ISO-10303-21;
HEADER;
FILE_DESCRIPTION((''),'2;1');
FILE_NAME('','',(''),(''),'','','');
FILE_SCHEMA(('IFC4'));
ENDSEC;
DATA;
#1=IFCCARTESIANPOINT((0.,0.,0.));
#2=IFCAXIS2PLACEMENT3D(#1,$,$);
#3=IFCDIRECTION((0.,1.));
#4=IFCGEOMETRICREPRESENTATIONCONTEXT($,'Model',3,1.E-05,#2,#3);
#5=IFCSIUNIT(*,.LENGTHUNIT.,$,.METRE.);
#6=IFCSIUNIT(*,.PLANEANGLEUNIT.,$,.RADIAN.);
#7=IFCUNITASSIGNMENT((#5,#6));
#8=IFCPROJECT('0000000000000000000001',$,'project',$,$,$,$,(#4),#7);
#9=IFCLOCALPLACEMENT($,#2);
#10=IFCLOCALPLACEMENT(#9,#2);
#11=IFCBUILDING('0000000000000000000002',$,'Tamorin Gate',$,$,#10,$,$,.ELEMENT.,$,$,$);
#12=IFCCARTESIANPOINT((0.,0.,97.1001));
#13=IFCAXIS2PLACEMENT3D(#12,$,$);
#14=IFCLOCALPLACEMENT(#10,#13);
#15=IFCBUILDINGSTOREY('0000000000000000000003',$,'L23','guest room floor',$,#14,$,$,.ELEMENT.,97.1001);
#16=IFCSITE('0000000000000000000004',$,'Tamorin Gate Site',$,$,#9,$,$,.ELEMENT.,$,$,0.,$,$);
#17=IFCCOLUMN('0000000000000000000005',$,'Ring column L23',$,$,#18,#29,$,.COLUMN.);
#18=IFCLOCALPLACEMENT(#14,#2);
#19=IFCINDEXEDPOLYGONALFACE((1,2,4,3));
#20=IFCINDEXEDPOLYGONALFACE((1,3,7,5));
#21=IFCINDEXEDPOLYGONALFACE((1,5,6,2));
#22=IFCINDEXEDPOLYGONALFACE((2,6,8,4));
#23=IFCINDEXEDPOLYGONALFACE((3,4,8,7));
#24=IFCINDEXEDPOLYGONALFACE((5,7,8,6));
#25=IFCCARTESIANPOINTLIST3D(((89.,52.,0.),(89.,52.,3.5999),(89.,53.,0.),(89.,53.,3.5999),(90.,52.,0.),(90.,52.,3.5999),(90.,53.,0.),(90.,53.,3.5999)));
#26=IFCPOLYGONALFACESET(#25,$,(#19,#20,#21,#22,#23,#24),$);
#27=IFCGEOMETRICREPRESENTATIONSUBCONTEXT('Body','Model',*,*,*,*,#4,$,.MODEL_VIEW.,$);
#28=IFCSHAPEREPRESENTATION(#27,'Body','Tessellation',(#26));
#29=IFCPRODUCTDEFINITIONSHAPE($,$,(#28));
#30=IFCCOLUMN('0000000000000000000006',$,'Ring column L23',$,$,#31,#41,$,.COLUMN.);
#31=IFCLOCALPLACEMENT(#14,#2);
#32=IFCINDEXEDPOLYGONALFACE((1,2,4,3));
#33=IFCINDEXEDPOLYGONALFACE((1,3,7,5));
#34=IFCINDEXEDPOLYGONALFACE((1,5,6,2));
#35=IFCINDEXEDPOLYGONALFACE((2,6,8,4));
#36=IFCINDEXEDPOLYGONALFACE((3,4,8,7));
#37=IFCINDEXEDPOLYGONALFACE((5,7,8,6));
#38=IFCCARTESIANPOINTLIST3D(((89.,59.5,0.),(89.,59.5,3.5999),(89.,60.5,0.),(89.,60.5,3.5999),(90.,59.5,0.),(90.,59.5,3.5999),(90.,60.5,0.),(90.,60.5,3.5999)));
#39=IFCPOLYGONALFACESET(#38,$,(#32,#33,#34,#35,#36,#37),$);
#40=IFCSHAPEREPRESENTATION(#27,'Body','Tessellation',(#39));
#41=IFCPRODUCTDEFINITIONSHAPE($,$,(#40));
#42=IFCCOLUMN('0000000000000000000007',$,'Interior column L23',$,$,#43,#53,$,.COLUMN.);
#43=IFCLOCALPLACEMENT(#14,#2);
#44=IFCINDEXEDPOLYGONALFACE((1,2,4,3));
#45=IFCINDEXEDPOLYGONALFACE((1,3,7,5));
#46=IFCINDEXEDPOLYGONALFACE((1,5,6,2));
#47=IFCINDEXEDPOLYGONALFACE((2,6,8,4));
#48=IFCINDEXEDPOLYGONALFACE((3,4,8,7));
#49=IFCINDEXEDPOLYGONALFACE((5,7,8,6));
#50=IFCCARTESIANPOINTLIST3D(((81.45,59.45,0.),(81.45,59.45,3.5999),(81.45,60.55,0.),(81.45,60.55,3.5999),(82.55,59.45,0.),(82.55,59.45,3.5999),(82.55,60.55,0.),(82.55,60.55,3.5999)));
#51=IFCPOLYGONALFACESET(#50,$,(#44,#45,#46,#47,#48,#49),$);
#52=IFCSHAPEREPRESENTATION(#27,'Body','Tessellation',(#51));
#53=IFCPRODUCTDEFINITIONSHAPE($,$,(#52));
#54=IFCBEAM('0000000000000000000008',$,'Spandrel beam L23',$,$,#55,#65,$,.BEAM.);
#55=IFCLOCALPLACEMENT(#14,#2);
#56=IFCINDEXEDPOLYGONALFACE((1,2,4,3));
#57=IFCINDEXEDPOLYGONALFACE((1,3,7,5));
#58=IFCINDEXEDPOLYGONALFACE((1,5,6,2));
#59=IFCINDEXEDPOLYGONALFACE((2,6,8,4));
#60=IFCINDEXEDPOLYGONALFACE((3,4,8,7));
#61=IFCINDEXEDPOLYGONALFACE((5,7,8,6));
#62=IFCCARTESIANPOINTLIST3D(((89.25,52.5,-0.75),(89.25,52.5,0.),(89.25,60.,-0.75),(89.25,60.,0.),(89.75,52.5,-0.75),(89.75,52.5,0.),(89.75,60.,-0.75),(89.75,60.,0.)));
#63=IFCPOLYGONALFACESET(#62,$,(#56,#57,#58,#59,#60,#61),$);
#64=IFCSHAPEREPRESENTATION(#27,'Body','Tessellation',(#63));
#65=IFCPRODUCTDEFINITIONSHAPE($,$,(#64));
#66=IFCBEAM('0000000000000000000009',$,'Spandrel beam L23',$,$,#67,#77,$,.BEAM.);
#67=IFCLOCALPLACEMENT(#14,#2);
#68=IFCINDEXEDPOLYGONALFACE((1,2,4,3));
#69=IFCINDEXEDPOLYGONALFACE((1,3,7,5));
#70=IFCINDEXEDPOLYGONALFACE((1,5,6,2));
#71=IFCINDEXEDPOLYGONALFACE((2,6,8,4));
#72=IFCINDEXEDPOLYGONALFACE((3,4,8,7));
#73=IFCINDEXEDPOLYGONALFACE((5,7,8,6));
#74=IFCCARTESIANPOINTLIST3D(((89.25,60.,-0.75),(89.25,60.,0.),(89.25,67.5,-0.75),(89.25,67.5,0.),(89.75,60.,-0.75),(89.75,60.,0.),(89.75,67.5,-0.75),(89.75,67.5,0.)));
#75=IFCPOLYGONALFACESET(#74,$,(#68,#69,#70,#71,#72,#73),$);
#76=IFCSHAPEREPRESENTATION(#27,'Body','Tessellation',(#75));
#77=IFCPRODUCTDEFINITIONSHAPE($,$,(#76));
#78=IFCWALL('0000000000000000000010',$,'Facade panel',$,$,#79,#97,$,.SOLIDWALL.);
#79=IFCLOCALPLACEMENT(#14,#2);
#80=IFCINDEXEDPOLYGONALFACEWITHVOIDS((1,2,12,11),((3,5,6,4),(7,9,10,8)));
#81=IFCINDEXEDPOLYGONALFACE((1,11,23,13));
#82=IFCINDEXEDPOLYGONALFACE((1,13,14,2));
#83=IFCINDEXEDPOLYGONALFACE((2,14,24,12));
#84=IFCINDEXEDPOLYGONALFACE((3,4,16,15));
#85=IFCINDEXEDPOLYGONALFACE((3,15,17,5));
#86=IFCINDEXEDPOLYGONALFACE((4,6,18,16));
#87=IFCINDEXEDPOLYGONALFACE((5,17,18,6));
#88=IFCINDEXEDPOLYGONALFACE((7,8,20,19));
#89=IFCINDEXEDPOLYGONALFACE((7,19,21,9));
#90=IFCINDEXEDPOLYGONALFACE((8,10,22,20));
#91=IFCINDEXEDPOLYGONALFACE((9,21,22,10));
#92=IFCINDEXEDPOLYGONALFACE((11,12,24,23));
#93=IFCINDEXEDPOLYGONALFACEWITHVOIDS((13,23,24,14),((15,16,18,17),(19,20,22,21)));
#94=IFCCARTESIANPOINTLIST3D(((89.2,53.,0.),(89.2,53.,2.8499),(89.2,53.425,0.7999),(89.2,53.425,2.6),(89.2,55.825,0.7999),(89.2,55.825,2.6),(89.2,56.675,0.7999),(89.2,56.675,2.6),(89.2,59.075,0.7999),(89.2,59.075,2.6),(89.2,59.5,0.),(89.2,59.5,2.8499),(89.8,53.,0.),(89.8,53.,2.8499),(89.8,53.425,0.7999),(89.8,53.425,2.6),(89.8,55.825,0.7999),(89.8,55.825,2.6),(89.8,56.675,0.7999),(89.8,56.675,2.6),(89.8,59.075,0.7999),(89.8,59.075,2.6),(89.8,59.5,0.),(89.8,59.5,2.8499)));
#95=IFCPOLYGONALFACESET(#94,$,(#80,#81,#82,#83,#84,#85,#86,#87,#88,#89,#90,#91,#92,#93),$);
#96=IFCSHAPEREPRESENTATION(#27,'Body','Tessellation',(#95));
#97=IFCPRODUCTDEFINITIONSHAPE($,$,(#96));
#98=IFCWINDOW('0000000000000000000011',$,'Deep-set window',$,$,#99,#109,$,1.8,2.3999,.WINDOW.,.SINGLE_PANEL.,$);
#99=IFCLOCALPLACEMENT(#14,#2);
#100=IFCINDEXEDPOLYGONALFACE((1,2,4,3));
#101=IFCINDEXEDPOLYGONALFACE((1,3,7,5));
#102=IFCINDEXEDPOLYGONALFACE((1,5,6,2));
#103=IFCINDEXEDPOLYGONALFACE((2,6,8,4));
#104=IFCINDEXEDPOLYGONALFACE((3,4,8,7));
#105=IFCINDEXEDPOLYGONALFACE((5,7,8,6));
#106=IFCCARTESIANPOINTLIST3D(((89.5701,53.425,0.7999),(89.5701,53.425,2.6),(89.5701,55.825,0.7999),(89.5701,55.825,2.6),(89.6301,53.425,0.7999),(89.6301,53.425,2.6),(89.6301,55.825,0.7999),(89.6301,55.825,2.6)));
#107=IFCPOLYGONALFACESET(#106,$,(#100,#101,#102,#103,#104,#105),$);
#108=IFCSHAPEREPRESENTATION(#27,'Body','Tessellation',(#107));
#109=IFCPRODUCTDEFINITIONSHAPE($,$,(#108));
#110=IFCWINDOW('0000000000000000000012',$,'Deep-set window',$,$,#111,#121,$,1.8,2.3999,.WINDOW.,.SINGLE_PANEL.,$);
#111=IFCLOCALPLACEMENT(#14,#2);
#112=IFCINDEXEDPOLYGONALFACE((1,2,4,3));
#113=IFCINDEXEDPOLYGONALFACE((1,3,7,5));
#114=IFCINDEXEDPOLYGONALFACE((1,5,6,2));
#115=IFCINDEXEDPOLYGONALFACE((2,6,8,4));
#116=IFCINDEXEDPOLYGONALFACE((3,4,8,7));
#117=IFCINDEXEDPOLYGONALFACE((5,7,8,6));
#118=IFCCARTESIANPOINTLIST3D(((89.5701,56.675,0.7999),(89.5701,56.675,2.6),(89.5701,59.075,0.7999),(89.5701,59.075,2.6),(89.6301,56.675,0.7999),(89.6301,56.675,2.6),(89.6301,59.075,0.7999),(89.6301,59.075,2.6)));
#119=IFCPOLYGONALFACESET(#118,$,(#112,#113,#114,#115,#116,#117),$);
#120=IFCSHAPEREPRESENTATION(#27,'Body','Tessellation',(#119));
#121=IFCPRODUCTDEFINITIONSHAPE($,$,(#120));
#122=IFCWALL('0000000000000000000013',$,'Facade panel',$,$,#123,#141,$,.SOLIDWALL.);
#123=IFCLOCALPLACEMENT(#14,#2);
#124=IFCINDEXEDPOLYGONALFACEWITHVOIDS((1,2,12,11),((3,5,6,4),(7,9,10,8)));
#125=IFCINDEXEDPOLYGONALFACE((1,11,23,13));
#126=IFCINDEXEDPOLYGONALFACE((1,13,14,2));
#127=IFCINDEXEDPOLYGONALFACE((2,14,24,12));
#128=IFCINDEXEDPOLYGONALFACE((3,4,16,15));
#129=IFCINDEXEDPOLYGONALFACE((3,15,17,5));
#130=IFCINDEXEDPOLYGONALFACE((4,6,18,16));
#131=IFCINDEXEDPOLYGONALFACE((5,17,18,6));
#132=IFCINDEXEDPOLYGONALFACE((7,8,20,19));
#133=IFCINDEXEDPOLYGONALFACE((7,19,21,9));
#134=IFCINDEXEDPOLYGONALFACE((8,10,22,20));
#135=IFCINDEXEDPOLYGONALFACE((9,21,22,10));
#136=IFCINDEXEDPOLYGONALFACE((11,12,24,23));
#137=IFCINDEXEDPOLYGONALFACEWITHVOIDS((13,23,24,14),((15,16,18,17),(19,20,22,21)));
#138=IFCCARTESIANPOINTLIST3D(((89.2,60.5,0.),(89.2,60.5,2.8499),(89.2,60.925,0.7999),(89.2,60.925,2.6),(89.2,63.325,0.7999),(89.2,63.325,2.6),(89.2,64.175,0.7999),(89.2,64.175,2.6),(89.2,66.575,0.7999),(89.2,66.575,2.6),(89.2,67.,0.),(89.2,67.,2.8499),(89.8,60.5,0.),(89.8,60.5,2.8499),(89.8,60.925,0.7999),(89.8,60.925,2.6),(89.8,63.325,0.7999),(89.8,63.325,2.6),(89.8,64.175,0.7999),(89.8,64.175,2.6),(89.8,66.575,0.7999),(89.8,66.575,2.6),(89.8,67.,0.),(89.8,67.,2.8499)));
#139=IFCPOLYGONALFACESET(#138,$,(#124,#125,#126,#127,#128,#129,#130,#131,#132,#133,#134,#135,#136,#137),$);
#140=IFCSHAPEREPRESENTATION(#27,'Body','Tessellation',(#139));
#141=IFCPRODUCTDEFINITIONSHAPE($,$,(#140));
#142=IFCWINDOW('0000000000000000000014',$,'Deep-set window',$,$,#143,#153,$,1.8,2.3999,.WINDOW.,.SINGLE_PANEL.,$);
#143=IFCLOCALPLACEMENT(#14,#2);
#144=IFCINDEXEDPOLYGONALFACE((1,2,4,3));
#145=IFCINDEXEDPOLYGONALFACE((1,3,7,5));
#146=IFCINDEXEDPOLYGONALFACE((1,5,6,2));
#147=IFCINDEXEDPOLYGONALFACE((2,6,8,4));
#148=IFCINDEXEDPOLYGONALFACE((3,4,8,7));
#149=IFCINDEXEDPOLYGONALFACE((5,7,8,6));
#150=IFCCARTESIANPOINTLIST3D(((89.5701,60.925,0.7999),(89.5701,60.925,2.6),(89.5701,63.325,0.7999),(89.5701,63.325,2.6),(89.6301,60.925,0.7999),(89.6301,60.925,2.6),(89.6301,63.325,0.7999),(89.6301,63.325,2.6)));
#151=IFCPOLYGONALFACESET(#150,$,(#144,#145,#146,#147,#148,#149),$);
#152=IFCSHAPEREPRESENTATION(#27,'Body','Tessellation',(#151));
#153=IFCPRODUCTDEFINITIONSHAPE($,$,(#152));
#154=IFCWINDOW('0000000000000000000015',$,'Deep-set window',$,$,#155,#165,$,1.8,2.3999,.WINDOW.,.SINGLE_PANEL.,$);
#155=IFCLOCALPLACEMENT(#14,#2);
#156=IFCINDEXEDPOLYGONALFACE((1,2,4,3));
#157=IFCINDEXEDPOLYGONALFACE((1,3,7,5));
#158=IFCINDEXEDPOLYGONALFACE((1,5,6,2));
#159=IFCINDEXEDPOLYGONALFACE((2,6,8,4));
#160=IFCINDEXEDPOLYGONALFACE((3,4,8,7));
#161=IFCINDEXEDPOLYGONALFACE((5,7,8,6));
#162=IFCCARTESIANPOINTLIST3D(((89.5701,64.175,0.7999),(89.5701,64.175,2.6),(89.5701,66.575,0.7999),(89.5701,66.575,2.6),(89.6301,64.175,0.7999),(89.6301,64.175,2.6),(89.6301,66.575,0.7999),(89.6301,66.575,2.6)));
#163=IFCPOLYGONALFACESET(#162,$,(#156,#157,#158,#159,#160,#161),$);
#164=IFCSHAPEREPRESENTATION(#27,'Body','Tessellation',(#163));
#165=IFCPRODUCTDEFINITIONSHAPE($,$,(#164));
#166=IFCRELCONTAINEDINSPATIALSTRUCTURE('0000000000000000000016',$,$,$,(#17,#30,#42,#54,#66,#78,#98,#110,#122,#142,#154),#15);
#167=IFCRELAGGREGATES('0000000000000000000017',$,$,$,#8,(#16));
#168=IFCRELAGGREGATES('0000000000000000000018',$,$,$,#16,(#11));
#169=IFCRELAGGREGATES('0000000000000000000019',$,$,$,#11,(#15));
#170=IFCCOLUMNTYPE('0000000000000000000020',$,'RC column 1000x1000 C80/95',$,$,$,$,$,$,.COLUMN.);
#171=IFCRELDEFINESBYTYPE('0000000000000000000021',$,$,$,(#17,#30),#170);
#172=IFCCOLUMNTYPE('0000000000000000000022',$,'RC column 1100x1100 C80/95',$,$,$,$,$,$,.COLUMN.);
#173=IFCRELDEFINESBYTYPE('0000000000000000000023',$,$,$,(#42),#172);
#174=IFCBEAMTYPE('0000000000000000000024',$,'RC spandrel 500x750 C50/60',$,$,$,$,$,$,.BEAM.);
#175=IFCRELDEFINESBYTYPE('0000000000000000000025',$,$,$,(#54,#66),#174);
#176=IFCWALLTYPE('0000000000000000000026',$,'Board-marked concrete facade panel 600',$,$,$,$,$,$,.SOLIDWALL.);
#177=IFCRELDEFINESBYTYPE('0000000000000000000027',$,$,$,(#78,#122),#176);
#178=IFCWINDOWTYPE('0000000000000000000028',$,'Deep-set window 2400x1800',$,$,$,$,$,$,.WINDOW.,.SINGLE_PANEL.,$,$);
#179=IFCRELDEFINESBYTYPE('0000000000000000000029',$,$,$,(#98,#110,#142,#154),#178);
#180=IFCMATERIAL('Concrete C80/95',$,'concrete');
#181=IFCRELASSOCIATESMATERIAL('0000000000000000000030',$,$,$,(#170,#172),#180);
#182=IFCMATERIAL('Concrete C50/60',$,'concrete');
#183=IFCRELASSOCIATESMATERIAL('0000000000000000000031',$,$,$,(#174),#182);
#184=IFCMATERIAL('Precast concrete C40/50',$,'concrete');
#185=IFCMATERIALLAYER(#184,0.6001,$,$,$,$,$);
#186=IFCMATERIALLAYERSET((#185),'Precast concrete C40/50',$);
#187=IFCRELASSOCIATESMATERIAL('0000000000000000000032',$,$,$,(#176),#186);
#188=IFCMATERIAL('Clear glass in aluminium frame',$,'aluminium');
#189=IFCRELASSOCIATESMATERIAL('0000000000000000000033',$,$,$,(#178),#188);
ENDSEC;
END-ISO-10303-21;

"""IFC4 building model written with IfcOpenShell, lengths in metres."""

from ifc_helpers import new_model, si_unit, direction, frame, frame_2d, origin, origin_2d, place, context, subcontext, project, spatial, rectangle, extrude, material, layer, layer_set, material_profile, profile_set, type_object, element, fill, save


model = new_model("IFC4")

# Units and contexts
model_context = context("Model", 3, precision=1e-05, world=origin(), true_north=direction((0.0, 1.0)))
body_context = subcontext(model_context, "Body", "Model", "MODEL_VIEW")
ifc_project = project(units=[si_unit("LENGTHUNIT", "METRE"), si_unit("PLANEANGLEUNIT", "RADIAN")], contexts=[model_context])

# Site, building, storey
site_placement = place(None, origin())
site = spatial("IfcSite", under=ifc_project, at=site_placement, Name="Tamorin Gate Site", CompositionType="ELEMENT", RefElevation=0.0)
building_placement = place(site_placement, origin())
building = spatial("IfcBuilding", under=site, at=building_placement, Name="Tamorin Gate", CompositionType="ELEMENT")
storey_placement = place(building_placement, frame((0.0, 0.0, 97.1001)))
storey = spatial("IfcBuildingStorey", under=building, at=storey_placement, Name="L23", Description="guest room floor", CompositionType="ELEMENT", Elevation=97.1001)

# Columns
ifc_material_1 = material(Name="Concrete C80/95", Category="concrete")
ifc_material_profile_1 = material_profile(ifc_material_1, rectangle(XDim=1.0, YDim=1.0, at=origin_2d()), Name="RC 1000x1000")
ifc_profile_set_1 = profile_set([ifc_material_profile_1], Name="Concrete C80/95")
column_type_1 = type_object("IfcColumnType", Name="RC column 1000x1000 C80/95", PredefinedType="COLUMN", material=ifc_profile_set_1)
for number, where, z_axis, x_axis, name in (
    (1, (89.5, 52.5, 0.0), (0.0, 0.0, 1.0), (1.0, 0.0, 0.0), "Ring column L23"),
    (2, (89.5, 60.0, 0.0), (0.0, 0.0, 1.0), (1.0, 0.0, 0.0), "Ring column L23"),
):
    element("IfcColumn", number, at=place(storey_placement, frame(where, z_axis=z_axis, x_axis=x_axis)), inside=storey, type_object=column_type_1, Name=name, PredefinedType="COLUMN", context=body_context, shape_type="SweptSolid", body=[
        extrude(rectangle(XDim=1.0, YDim=1.0, at=origin_2d()), origin(), (0.0, 0.0, 1.0), 3.5999),
    ])
ifc_material_profile_2 = material_profile(ifc_material_1, rectangle(XDim=1.1001, YDim=1.1001, at=origin_2d()), Name="RC 1100x1100")
ifc_profile_set_2 = profile_set([ifc_material_profile_2], Name="Concrete C80/95")
column_type_2 = type_object("IfcColumnType", Name="RC column 1100x1100 C80/95", PredefinedType="COLUMN", material=ifc_profile_set_2)
column_placement = place(storey_placement, frame((82.0, 60.0, 0.0), z_axis=(0.0, 0.0, 1.0), x_axis=(1.0, 0.0, 0.0)))
element("IfcColumn", 3, at=column_placement, inside=storey, type_object=column_type_2, Name="Interior column L23", PredefinedType="COLUMN", context=body_context, shape_type="SweptSolid", body=[
    extrude(rectangle(XDim=1.1001, YDim=1.1001, at=origin_2d()), origin(), (0.0, 0.0, 1.0), 3.5999),
])

# Beams
ifc_material_2 = material(Name="Concrete C50/60", Category="concrete")
ifc_material_profile_3 = material_profile(ifc_material_2, rectangle(XDim=0.5, YDim=0.75, at=origin_2d()), Name="RC 500x750")
ifc_profile_set_3 = profile_set([ifc_material_profile_3], Name="Concrete C50/60")
beam_type = type_object("IfcBeamType", Name="RC spandrel 500x750 C50/60", PredefinedType="BEAM", material=ifc_profile_set_3)
for number, where, z_axis, x_axis, name in (
    (4, (89.5, 52.5, -0.375), (0.0, 1.0, 0.0), (-1.0, 0.0, 0.0), "Spandrel beam L23"),
    (5, (89.5, 60.0, -0.375), (0.0, 1.0, 0.0), (-1.0, 0.0, 0.0), "Spandrel beam L23"),
):
    element("IfcBeam", number, at=place(storey_placement, frame(where, z_axis=z_axis, x_axis=x_axis)), inside=storey, type_object=beam_type, Name=name, PredefinedType="BEAM", context=body_context, shape_type="SweptSolid", body=[
        extrude(rectangle(XDim=0.5, YDim=0.75, at=origin_2d()), origin(), (0.0, 0.0, 1.0), 7.5),
    ])

# Walls, openings, windows
ifc_material_3 = material(Name="Precast concrete C40/50", Category="concrete")
ifc_layer_1 = layer(ifc_material_3, 0.6001)
ifc_layer_set_1 = layer_set([ifc_layer_1], Name="Precast concrete C40/50")
wall_type_1 = type_object("IfcWallType", Name="Board-marked concrete facade panel 600", PredefinedType="SOLIDWALL", material=ifc_layer_set_1)
wall_1_placement = place(storey_placement, frame((89.5, 53.0, 0.0), z_axis=(0.0, 0.0, 1.0), x_axis=(0.0, 1.0, 0.0)))
wall_1 = element("IfcWall", 6, at=wall_1_placement, inside=storey, type_object=wall_type_1, Name="Facade panel", PredefinedType="SOLIDWALL", context=body_context, shape_type="SweptSolid", body=[
    extrude(rectangle(XDim=6.5, YDim=0.6001, at=frame_2d((3.25, 0.0))), origin(), (0.0, 0.0, 1.0), 2.8499),
])
opening_1_placement = place(wall_1_placement, frame((0.425, 0.0, 0.8)))
opening_1 = element("IfcOpeningElement", 7, at=opening_1_placement, cuts=wall_1, PredefinedType="OPENING", context=body_context, shape_type="SweptSolid", body=[
    extrude(rectangle(XDim=2.3999, YDim=1.8, at=frame_2d((1.2, 0.8999))), frame((0.0, 0.3101, 0.0), z_axis=(0.0, -1.0, 0.0), x_axis=(1.0, 0.0, 0.0)), (0.0, 0.0, 1.0), 0.6201),
])
opening_2_placement = place(wall_1_placement, frame((3.675, 0.0, 0.8)))
opening_2 = element("IfcOpeningElement", 8, at=opening_2_placement, cuts=wall_1, PredefinedType="OPENING", context=body_context, shape_type="SweptSolid", body=[
    extrude(rectangle(XDim=2.3999, YDim=1.8, at=frame_2d((1.2, 0.8999))), frame((0.0, 0.3101, 0.0), z_axis=(0.0, -1.0, 0.0), x_axis=(1.0, 0.0, 0.0)), (0.0, 0.0, 1.0), 0.6201),
])
ifc_material_4 = material(Name="Clear glass in aluminium frame", Category="aluminium")
window_type = type_object("IfcWindowType", Name="Deep-set window 2400x1800", PartitioningType="SINGLE_PANEL", PredefinedType="WINDOW", material=ifc_material_4)
window_1_placement = place(opening_1_placement, origin())
window_1 = element("IfcWindow", 9, at=window_1_placement, inside=storey, type_object=window_type, Name="Deep-set window", OverallHeight=1.8, OverallWidth=2.3999, PartitioningType="SINGLE_PANEL", PredefinedType="WINDOW", context=body_context, shape_type="SweptSolid", body=[
    extrude(rectangle(XDim=2.3999, YDim=1.8, at=frame_2d((1.2, 0.8999))), frame((0.0, -0.0701, 0.0), z_axis=(0.0, -1.0, 0.0), x_axis=(1.0, 0.0, 0.0)), (0.0, 0.0, 1.0), 0.0601),
])
fill(opening_1, window_1)
window_2_placement = place(opening_2_placement, origin())
window_2 = element("IfcWindow", 10, at=window_2_placement, inside=storey, type_object=window_type, Name="Deep-set window", OverallHeight=1.8, OverallWidth=2.3999, PartitioningType="SINGLE_PANEL", PredefinedType="WINDOW", context=body_context, shape_type="SweptSolid", body=[
    extrude(rectangle(XDim=2.3999, YDim=1.8, at=frame_2d((1.2, 0.8999))), frame((0.0, -0.0701, 0.0), z_axis=(0.0, -1.0, 0.0), x_axis=(1.0, 0.0, 0.0)), (0.0, 0.0, 1.0), 0.0601),
])
fill(opening_2, window_2)
wall_2_placement = place(storey_placement, frame((89.5, 60.5, 0.0), z_axis=(0.0, 0.0, 1.0), x_axis=(0.0, 1.0, 0.0)))
wall_2 = element("IfcWall", 11, at=wall_2_placement, inside=storey, type_object=wall_type_1, Name="Facade panel", PredefinedType="SOLIDWALL", context=body_context, shape_type="SweptSolid", body=[
    extrude(rectangle(XDim=6.5, YDim=0.6001, at=frame_2d((3.25, 0.0))), origin(), (0.0, 0.0, 1.0), 2.8499),
])
opening_3_placement = place(wall_2_placement, frame((0.425, 0.0, 0.8)))
opening_3 = element("IfcOpeningElement", 12, at=opening_3_placement, cuts=wall_2, PredefinedType="OPENING", context=body_context, shape_type="SweptSolid", body=[
    extrude(rectangle(XDim=2.3999, YDim=1.8, at=frame_2d((1.2, 0.8999))), frame((0.0, 0.3101, 0.0), z_axis=(0.0, -1.0, 0.0), x_axis=(1.0, 0.0, 0.0)), (0.0, 0.0, 1.0), 0.6201),
])
opening_4_placement = place(wall_2_placement, frame((3.675, 0.0, 0.8)))
opening_4 = element("IfcOpeningElement", 13, at=opening_4_placement, cuts=wall_2, PredefinedType="OPENING", context=body_context, shape_type="SweptSolid", body=[
    extrude(rectangle(XDim=2.3999, YDim=1.8, at=frame_2d((1.2, 0.8999))), frame((0.0, 0.3101, 0.0), z_axis=(0.0, -1.0, 0.0), x_axis=(1.0, 0.0, 0.0)), (0.0, 0.0, 1.0), 0.6201),
])
window_3_placement = place(opening_3_placement, origin())
window_3 = element("IfcWindow", 14, at=window_3_placement, inside=storey, type_object=window_type, Name="Deep-set window", OverallHeight=1.8, OverallWidth=2.3999, PartitioningType="SINGLE_PANEL", PredefinedType="WINDOW", context=body_context, shape_type="SweptSolid", body=[
    extrude(rectangle(XDim=2.3999, YDim=1.8, at=frame_2d((1.2, 0.8999))), frame((0.0, -0.0701, 0.0), z_axis=(0.0, -1.0, 0.0), x_axis=(1.0, 0.0, 0.0)), (0.0, 0.0, 1.0), 0.0601),
])
fill(opening_3, window_3)
window_4_placement = place(opening_4_placement, origin())
window_4 = element("IfcWindow", 15, at=window_4_placement, inside=storey, type_object=window_type, Name="Deep-set window", OverallHeight=1.8, OverallWidth=2.3999, PartitioningType="SINGLE_PANEL", PredefinedType="WINDOW", context=body_context, shape_type="SweptSolid", body=[
    extrude(rectangle(XDim=2.3999, YDim=1.8, at=frame_2d((1.2, 0.8999))), frame((0.0, -0.0701, 0.0), z_axis=(0.0, -1.0, 0.0), x_axis=(1.0, 0.0, 0.0)), (0.0, 0.0, 1.0), 0.0601),
])
fill(opening_4, window_4)

save(model, "model.ifc")
